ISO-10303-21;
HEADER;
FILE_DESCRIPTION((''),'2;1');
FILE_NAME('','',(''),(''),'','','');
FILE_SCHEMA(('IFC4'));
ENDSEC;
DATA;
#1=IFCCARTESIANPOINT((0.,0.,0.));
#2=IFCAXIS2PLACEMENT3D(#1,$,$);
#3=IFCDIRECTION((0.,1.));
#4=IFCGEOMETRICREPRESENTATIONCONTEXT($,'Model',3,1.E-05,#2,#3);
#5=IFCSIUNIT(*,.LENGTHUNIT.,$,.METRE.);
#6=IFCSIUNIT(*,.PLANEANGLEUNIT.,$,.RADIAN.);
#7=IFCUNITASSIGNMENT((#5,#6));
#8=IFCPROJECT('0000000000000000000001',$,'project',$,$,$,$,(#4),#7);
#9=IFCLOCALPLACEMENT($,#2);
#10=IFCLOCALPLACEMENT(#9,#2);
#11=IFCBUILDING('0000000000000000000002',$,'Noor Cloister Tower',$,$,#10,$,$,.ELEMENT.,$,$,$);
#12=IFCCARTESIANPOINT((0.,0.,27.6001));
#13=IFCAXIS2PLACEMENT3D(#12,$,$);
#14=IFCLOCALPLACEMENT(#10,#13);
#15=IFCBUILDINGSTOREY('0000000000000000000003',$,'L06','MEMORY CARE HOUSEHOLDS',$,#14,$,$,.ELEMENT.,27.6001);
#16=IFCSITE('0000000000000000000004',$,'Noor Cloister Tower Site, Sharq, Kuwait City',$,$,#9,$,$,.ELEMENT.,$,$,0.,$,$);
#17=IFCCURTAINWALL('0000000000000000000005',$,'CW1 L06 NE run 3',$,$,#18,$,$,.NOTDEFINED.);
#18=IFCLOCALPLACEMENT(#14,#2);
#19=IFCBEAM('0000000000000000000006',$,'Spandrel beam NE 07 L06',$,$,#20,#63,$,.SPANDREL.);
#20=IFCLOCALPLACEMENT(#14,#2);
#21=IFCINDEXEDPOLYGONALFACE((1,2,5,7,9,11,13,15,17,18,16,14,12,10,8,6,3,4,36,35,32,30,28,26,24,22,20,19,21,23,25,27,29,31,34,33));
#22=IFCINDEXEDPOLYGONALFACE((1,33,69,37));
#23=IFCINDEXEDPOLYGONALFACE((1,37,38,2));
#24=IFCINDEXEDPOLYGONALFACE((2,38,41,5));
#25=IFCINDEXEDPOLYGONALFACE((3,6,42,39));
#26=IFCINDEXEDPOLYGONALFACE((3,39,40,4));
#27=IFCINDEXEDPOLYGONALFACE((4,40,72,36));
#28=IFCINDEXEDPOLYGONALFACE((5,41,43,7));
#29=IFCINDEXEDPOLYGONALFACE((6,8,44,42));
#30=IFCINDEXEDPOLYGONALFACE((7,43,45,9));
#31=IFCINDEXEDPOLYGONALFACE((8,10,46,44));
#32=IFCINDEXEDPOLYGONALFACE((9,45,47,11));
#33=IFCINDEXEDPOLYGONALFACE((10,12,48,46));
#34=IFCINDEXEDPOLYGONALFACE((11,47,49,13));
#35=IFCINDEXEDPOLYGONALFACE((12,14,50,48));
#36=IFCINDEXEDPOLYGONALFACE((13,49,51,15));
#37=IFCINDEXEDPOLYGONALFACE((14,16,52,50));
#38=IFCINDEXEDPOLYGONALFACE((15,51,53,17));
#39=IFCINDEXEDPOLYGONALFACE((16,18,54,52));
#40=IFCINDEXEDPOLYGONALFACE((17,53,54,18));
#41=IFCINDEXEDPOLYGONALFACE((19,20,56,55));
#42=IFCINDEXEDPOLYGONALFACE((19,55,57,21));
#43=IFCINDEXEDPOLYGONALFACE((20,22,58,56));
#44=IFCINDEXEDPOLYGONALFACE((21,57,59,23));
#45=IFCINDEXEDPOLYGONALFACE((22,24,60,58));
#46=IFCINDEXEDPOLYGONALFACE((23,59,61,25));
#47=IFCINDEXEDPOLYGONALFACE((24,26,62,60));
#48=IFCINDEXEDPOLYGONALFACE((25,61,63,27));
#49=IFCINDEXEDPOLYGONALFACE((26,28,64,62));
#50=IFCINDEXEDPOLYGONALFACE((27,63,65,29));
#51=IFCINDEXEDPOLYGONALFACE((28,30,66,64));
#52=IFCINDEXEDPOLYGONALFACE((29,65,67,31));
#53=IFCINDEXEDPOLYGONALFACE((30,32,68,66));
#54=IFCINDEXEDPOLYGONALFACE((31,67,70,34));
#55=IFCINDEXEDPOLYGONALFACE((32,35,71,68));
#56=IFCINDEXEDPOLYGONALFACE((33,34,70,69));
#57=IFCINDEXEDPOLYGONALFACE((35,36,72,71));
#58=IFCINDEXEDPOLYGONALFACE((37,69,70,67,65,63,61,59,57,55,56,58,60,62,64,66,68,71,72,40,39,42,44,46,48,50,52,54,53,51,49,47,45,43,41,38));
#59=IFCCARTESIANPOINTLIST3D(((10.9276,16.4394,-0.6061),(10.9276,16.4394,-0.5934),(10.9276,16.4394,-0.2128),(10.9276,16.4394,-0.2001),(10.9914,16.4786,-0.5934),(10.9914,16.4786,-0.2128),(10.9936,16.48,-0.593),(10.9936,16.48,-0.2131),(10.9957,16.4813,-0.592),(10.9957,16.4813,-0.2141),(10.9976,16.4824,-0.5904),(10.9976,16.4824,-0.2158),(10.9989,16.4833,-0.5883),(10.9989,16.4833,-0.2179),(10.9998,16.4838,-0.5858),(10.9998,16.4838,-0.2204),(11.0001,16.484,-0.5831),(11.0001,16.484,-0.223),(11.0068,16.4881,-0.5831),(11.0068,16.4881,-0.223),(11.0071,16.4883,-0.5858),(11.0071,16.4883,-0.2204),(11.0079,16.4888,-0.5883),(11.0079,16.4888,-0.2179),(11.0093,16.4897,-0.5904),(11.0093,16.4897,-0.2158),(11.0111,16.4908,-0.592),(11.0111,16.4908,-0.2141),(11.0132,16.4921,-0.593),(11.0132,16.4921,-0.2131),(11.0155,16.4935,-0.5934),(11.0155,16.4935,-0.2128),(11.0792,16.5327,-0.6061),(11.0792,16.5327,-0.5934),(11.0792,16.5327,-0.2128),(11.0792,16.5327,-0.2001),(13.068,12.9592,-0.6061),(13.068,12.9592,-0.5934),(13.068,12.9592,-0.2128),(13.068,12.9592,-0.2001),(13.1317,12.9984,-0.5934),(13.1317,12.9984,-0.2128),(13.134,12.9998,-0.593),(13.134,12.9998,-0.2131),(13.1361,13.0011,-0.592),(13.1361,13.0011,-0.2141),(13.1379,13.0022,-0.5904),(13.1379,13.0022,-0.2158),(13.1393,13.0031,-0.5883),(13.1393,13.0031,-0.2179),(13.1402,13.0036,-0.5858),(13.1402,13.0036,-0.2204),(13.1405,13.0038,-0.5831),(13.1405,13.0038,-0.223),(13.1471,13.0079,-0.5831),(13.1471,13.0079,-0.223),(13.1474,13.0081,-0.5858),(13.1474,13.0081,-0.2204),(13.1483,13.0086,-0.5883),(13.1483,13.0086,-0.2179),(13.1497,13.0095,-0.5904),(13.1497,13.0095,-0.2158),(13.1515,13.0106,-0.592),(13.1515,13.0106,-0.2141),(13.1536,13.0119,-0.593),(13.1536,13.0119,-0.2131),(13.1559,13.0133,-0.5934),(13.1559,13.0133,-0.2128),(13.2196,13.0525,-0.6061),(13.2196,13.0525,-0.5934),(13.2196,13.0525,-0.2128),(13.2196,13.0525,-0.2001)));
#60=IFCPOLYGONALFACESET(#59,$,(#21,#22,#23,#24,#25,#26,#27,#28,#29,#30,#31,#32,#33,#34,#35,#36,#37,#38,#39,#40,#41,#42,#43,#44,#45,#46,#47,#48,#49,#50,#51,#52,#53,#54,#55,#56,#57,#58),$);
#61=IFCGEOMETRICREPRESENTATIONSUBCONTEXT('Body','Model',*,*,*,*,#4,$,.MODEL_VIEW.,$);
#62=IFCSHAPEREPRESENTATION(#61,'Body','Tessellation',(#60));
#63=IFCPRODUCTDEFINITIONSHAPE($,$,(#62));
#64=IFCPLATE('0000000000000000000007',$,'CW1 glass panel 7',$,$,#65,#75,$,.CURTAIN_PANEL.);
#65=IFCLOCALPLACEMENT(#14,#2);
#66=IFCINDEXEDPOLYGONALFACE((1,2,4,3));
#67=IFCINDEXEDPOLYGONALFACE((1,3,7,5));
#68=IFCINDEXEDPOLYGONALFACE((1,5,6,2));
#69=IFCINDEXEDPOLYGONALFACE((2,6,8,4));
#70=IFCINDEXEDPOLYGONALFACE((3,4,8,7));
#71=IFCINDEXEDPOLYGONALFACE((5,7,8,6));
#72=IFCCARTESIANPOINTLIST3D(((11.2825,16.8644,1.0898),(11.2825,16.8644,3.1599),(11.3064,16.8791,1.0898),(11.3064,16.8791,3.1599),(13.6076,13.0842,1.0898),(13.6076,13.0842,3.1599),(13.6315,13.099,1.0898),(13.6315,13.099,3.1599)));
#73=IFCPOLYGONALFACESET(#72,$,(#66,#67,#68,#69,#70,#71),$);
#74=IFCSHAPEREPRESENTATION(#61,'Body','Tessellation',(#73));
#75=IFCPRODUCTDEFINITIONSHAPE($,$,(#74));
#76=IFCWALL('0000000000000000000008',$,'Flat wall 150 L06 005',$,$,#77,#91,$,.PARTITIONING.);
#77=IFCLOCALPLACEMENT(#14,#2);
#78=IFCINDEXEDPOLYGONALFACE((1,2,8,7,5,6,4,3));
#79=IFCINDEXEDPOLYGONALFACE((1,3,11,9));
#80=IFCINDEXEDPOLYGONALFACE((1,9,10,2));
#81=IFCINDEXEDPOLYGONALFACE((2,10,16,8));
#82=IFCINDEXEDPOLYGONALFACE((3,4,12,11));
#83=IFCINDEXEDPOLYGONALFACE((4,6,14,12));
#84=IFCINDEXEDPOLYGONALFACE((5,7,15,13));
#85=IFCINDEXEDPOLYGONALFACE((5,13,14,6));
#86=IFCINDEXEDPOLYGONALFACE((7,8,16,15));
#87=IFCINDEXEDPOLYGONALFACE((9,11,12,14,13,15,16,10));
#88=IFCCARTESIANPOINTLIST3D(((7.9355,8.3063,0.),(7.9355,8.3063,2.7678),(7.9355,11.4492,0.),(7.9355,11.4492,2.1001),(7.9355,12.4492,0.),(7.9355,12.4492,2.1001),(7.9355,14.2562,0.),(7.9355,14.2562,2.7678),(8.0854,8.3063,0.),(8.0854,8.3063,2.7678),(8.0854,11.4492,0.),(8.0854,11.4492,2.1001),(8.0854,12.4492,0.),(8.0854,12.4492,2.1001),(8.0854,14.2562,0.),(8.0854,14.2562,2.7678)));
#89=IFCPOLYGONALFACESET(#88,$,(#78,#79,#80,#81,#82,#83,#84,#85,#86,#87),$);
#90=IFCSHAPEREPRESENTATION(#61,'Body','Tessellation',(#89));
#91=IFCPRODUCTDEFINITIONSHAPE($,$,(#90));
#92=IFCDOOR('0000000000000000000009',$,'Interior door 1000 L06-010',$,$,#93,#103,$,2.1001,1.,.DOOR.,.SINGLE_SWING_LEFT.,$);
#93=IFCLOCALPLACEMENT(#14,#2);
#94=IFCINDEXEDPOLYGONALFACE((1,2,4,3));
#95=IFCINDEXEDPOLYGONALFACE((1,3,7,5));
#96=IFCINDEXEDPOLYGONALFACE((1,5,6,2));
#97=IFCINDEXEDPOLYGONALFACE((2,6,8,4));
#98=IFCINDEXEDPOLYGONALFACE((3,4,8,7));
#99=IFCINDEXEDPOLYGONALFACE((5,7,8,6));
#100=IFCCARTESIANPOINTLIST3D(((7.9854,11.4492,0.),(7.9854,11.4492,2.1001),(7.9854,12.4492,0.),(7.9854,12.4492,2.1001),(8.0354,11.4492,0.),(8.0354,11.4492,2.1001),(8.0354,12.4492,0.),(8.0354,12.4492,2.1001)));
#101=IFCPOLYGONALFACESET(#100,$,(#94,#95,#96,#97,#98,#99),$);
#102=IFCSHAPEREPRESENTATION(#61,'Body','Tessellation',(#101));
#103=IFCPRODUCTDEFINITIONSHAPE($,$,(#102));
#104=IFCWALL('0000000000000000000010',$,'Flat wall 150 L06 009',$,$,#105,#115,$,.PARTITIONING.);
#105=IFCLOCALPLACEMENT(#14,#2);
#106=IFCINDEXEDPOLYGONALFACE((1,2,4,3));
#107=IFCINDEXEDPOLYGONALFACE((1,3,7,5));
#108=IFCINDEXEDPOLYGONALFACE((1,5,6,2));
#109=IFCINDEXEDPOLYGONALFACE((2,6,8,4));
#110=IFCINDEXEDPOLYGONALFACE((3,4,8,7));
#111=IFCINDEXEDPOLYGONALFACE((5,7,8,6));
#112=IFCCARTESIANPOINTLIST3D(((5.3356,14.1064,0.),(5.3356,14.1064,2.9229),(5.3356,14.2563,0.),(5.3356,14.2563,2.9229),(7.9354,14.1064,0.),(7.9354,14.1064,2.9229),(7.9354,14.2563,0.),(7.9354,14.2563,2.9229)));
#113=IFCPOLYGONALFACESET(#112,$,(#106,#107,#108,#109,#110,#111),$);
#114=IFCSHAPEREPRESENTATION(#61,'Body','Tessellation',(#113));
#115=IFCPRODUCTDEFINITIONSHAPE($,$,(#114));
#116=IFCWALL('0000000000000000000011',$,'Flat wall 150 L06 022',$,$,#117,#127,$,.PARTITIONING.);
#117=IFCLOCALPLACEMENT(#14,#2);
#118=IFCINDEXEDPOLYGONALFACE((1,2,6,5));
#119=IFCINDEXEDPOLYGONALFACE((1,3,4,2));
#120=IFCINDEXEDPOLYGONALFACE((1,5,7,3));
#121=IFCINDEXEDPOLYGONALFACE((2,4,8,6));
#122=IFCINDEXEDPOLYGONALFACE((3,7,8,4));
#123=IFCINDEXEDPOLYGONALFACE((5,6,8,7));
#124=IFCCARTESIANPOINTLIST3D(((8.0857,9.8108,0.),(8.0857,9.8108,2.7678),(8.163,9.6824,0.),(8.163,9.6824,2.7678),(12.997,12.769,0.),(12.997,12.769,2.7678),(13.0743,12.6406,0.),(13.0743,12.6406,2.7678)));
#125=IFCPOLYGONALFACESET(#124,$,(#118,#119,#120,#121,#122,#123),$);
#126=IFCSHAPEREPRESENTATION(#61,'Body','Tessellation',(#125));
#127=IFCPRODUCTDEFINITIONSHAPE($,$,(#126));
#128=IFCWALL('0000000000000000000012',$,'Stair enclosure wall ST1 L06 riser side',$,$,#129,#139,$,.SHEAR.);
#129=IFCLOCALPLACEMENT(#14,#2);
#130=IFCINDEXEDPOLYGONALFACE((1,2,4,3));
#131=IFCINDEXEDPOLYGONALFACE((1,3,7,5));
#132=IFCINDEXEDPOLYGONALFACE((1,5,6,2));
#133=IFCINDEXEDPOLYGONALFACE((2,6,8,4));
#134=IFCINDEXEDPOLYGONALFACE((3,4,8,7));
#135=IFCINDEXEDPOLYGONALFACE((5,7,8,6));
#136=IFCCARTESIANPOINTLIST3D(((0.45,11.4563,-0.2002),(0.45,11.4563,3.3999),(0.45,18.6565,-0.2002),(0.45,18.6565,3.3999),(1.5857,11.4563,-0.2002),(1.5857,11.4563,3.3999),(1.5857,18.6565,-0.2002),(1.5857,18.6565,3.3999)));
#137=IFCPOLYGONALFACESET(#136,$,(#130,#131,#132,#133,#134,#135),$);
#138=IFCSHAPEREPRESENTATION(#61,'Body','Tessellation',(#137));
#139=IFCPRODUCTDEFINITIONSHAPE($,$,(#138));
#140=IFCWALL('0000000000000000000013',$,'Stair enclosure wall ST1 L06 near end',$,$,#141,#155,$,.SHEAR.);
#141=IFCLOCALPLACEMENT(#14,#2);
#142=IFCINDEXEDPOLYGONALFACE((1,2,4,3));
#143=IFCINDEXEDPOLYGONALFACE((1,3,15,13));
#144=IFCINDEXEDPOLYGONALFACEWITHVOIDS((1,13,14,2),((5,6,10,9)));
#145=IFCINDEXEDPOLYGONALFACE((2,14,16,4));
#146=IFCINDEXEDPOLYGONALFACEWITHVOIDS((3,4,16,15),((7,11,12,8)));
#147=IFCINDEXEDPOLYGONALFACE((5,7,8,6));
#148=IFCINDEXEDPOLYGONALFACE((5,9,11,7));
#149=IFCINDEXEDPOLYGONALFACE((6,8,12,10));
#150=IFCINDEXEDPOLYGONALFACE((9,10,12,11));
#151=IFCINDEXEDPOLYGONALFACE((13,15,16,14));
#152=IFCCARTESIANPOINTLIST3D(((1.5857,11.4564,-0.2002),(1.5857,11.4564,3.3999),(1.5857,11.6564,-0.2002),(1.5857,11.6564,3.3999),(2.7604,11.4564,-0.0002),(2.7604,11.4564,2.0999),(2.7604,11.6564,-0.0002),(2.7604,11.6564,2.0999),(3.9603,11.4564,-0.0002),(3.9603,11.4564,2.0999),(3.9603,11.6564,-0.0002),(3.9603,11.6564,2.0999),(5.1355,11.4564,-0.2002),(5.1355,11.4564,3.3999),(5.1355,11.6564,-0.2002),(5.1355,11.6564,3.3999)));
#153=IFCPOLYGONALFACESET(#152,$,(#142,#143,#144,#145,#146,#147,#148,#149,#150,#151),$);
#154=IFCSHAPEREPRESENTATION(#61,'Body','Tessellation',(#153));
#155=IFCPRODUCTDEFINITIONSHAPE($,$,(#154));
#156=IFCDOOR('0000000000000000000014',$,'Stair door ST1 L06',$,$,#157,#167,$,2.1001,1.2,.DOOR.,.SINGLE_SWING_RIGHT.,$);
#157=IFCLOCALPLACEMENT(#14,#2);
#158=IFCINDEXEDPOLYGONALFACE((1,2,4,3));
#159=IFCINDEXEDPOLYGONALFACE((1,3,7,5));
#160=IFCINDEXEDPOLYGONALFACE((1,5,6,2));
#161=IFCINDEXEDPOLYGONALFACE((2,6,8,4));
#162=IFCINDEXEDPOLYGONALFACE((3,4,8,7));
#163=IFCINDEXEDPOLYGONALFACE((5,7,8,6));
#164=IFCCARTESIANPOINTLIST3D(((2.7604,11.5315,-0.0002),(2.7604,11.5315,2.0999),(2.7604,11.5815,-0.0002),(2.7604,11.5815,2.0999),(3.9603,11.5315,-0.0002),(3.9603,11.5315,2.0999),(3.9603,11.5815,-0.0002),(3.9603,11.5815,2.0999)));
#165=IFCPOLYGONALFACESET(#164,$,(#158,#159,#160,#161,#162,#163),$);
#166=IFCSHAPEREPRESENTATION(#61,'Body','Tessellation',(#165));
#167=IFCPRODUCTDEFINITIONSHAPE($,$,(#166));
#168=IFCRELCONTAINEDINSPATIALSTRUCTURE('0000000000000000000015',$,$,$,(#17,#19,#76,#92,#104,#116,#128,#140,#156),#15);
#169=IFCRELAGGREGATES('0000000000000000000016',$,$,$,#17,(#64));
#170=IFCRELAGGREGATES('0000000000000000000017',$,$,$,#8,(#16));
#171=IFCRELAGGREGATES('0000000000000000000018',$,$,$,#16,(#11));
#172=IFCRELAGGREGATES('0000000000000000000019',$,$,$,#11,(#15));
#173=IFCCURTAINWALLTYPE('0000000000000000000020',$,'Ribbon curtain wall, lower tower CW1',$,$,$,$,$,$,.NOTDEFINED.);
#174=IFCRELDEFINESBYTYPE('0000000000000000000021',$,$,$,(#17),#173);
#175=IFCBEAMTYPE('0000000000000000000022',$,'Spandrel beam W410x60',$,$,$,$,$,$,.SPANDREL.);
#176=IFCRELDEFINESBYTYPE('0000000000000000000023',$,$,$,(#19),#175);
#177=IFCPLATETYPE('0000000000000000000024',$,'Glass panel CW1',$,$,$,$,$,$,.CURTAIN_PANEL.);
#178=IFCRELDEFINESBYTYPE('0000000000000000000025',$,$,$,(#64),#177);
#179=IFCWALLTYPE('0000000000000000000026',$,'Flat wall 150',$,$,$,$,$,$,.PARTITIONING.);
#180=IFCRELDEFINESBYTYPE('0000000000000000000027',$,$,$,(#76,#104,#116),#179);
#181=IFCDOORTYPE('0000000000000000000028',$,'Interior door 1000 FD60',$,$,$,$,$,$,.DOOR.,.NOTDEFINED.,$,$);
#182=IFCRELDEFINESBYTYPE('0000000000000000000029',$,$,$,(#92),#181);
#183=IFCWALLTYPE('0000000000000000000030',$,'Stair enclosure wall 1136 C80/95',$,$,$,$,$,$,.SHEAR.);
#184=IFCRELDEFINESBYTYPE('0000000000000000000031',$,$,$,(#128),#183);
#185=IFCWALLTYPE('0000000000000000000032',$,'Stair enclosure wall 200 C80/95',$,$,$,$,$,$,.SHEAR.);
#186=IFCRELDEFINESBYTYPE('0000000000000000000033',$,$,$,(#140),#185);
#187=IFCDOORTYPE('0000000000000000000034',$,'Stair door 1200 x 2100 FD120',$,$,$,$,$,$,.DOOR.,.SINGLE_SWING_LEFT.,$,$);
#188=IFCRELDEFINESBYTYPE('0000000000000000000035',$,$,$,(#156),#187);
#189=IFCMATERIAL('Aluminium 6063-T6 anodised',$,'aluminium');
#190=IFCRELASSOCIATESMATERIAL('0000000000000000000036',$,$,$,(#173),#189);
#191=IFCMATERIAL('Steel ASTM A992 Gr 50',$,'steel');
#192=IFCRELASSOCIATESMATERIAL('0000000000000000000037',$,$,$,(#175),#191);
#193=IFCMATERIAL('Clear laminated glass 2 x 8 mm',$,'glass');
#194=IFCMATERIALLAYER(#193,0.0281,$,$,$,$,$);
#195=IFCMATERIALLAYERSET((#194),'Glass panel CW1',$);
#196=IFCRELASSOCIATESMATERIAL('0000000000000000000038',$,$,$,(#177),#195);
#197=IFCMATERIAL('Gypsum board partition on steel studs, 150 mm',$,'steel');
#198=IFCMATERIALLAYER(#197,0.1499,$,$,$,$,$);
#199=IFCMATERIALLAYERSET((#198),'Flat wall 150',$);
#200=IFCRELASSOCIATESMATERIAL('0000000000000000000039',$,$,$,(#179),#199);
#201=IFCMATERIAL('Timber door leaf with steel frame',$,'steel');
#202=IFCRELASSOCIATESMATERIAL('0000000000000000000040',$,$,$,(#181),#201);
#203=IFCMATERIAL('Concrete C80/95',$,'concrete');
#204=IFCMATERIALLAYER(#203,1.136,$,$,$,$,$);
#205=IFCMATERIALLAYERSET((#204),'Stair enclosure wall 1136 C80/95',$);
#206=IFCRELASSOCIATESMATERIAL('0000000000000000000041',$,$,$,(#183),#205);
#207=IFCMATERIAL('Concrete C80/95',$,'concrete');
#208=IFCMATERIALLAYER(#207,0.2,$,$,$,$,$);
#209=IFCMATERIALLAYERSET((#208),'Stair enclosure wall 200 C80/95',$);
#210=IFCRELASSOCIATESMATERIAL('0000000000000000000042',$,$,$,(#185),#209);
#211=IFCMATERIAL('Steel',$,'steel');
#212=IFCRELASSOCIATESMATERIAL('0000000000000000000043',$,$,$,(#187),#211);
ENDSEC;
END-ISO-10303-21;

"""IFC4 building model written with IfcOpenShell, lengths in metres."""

from ifc_helpers import new_model, si_unit, direction, frame, frame_2d, origin, origin_2d, place, context, subcontext, project, spatial, rectangle, i_section, extrude, material, layer, layer_set, material_profile, profile_set, type_object, element, fill, aggregate, save


model = new_model("IFC4")

# Units and contexts
model_context = context("Model", 3, precision=1e-05, world=origin(), true_north=direction((0.0, 1.0)))
body_context = subcontext(model_context, "Body", "Model", "MODEL_VIEW")
ifc_project = project(units=[si_unit("LENGTHUNIT", "METRE"), si_unit("PLANEANGLEUNIT", "RADIAN")], contexts=[model_context])

# Site, building, storey
site_placement = place(None, origin())
site = spatial("IfcSite", under=ifc_project, at=site_placement, Name="Noor Cloister Tower Site, Sharq, Kuwait City", CompositionType="ELEMENT", RefElevation=0.0)
building_placement = place(site_placement, origin())
building = spatial("IfcBuilding", under=site, at=building_placement, Name="Noor Cloister Tower", CompositionType="ELEMENT")
storey_placement = place(building_placement, frame((0.0, 0.0, 27.6001)))
storey = spatial("IfcBuildingStorey", under=building, at=storey_placement, Name="L06", Description="MEMORY CARE HOUSEHOLDS", CompositionType="ELEMENT", Elevation=27.6001)

# Curtain wall
ifc_material_1 = material(Name="Aluminium 6063-T6 anodised", Category="aluminium")
curtain_wall_type = type_object("IfcCurtainWallType", Name="Ribbon curtain wall, lower tower CW1", PredefinedType="NOTDEFINED", material=ifc_material_1)
curtain_wall_placement = place(storey_placement, origin())
curtain_wall = element("IfcCurtainWall", 1, at=curtain_wall_placement, inside=storey, type_object=curtain_wall_type, Name="CW1 L06 NE run 3", PredefinedType="NOTDEFINED")

# Beam
ifc_material_2 = material(Name="Steel ASTM A992 Gr 50", Category="steel")
ifc_material_profile_1 = material_profile(ifc_material_2, i_section(OverallWidth=0.178, OverallDepth=0.406, WebThickness=0.0078, FlangeThickness=0.0127, FilletRadius=0.0103, at=origin_2d()), Name="W410x60")
ifc_profile_set_1 = profile_set([ifc_material_profile_1], Name="Steel ASTM A992 Gr 50")
beam_type_1 = type_object("IfcBeamType", Name="Spandrel beam W410x60", PredefinedType="SPANDREL", material=ifc_profile_set_1)
beam_1_placement = place(storey_placement, frame((13.1438, 13.0059, -0.4031), z_axis=(-0.523867, 0.8518, 0.0), x_axis=(-0.8518, -0.523867, 0.0)))
element("IfcBeam", 2, at=beam_1_placement, inside=storey, type_object=beam_type_1, Name="Spandrel beam NE 07 L06", PredefinedType="SPANDREL", context=body_context, shape_type="SweptSolid", body=[
    extrude(i_section(OverallWidth=0.178, OverallDepth=0.406, WebThickness=0.0078, FlangeThickness=0.0127, FilletRadius=0.0103, at=origin_2d()), origin(), (0.0, 0.0, 1.0), 4.0857),
])

# Plate
ifc_material_3 = material(Name="Clear laminated glass 2 x 8 mm", Category="glass")
ifc_layer_1 = layer(ifc_material_3, 0.0281)
ifc_layer_set_1 = layer_set([ifc_layer_1], Name="Glass panel CW1")
plate_type = type_object("IfcPlateType", Name="Glass panel CW1", PredefinedType="CURTAIN_PANEL", material=ifc_layer_set_1)
plate_placement = place(storey_placement, frame((12.457, 14.9817, 1.0898), z_axis=(0.0, 0.0, 1.0), x_axis=(-0.523905, 0.851776, 0.0)))
plate = element("IfcPlate", 3, at=plate_placement, type_object=plate_type, Name="CW1 glass panel 7", PredefinedType="CURTAIN_PANEL", context=body_context, shape_type="SweptSolid", body=[
    extrude(rectangle(XDim=4.438, YDim=0.0281, at=origin_2d()), origin(), (0.0, 0.0, 1.0), 2.0701),
])
aggregate(curtain_wall, [plate])

# Wall, opening, door
ifc_material_4 = material(Name="Gypsum board partition on steel studs, 150 mm", Category="steel")
ifc_layer_2 = layer(ifc_material_4, 0.1499)
ifc_layer_set_2 = layer_set([ifc_layer_2], Name="Flat wall 150")
wall_type_1 = type_object("IfcWallType", Name="Flat wall 150", PredefinedType="PARTITIONING", material=ifc_layer_set_2)
wall_1_placement = place(storey_placement, frame((8.0105, 14.2563, 0.0), z_axis=(0.0, 0.0, 1.0), x_axis=(0.0, -1.0, 0.0)))
wall_1 = element("IfcWall", 4, at=wall_1_placement, inside=storey, type_object=wall_type_1, Name="Flat wall 150 L06 005", PredefinedType="PARTITIONING", context=body_context, shape_type="SweptSolid", body=[
    extrude(rectangle(XDim=5.95, YDim=0.1499, at=frame_2d((2.9751, 0.0))), origin(), (0.0, 0.0, 1.0), 2.7678),
])
opening_1_placement = place(wall_1_placement, frame((1.8071, 0.0, 0.0)))
opening_1 = element("IfcOpeningElement", 5, at=opening_1_placement, cuts=wall_1, PredefinedType="OPENING", context=body_context, shape_type="SweptSolid", body=[
    extrude(rectangle(XDim=1.0, YDim=2.1001, at=frame_2d((0.5, 1.05))), frame((0.0, 0.085, 0.0), z_axis=(0.0, -1.0, 0.0), x_axis=(1.0, 0.0, 0.0)), (0.0, 0.0, 1.0), 0.1699),
])
ifc_material_5 = material(Name="Timber door leaf with steel frame", Category="steel")
door_type_1 = type_object("IfcDoorType", Name="Interior door 1000 FD60", OperationType="NOTDEFINED", PredefinedType="DOOR", material=ifc_material_5)
door_1_placement = place(opening_1_placement, origin())
door_1 = element("IfcDoor", 6, at=door_1_placement, inside=storey, type_object=door_type_1, Name="Interior door 1000 L06-010", OperationType="SINGLE_SWING_LEFT", OverallHeight=2.1001, OverallWidth=1.0, PredefinedType="DOOR", context=body_context, shape_type="SweptSolid", body=[
    extrude(rectangle(XDim=1.0, YDim=2.1001, at=frame_2d((0.5, 1.05))), frame((0.0, 0.0249, 0.0), z_axis=(0.0, -1.0, 0.0), x_axis=(1.0, 0.0, 0.0)), (0.0, 0.0, 1.0), 0.05),
])
fill(opening_1, door_1)

# Walls
wall_2_placement = place(storey_placement, frame((5.3357, 14.1814, 0.0), z_axis=(0.0, 0.0, 1.0), x_axis=(1.0, 0.0, 0.0)))
element("IfcWall", 7, at=wall_2_placement, inside=storey, type_object=wall_type_1, Name="Flat wall 150 L06 009", PredefinedType="PARTITIONING", context=body_context, shape_type="SweptSolid", body=[
    extrude(rectangle(XDim=2.5999, YDim=0.1499, at=frame_2d((1.2998, 0.0))), origin(), (0.0, 0.0, 1.0), 2.9229),
])
wall_3_placement = place(storey_placement, frame((13.0356, 12.7048, 0.0), z_axis=(0.0, 0.0, 1.0), x_axis=(-0.856612, -0.51596, 0.0)))
element("IfcWall", 8, at=wall_3_placement, inside=storey, type_object=wall_type_1, Name="Flat wall 150 L06 022", PredefinedType="PARTITIONING", context=body_context, shape_type="SweptSolid", body=[
    extrude(rectangle(XDim=5.7334, YDim=0.1499, at=frame_2d((2.8667, 0.0))), origin(), (0.0, 0.0, 1.0), 2.7678),
])
ifc_material_6 = material(Name="Concrete C80/95", Category="concrete")
ifc_layer_3 = layer(ifc_material_6, 1.136)
ifc_layer_set_3 = layer_set([ifc_layer_3], Name="Stair enclosure wall 1136 C80/95")
wall_type_2 = type_object("IfcWallType", Name="Stair enclosure wall 1136 C80/95", PredefinedType="SHEAR", material=ifc_layer_set_3)
wall_4_placement = place(storey_placement, frame((1.0178, 11.4563, -0.2002), z_axis=(0.0, 0.0, 1.0), x_axis=(0.0, 1.0, 0.0)))
element("IfcWall", 9, at=wall_4_placement, inside=storey, type_object=wall_type_2, Name="Stair enclosure wall ST1 L06 riser side", PredefinedType="SHEAR", context=body_context, shape_type="SweptSolid", body=[
    extrude(rectangle(XDim=7.2002, YDim=1.1357, at=frame_2d((3.6001, 0.0))), origin(), (0.0, 0.0, 1.0), 3.6001),
])

# Wall, opening, door
ifc_material_7 = material(Name="Concrete C80/95", Category="concrete")
ifc_layer_4 = layer(ifc_material_7, 0.2)
ifc_layer_set_4 = layer_set([ifc_layer_4], Name="Stair enclosure wall 200 C80/95")
wall_type_3 = type_object("IfcWallType", Name="Stair enclosure wall 200 C80/95", PredefinedType="SHEAR", material=ifc_layer_set_4)
wall_5_placement = place(storey_placement, frame((5.1355, 11.5564, -0.2002), z_axis=(0.0, 0.0, 1.0), x_axis=(-1.0, 0.0, 0.0)))
wall_5 = element("IfcWall", 10, at=wall_5_placement, inside=storey, type_object=wall_type_3, Name="Stair enclosure wall ST1 L06 near end", PredefinedType="SHEAR", context=body_context, shape_type="SweptSolid", body=[
    extrude(rectangle(XDim=3.5498, YDim=0.2, at=frame_2d((1.7749, 0.0))), origin(), (0.0, 0.0, 1.0), 3.6001),
])
opening_2_placement = place(wall_5_placement, frame((1.175, 0.0, 0.2)))
opening_2 = element("IfcOpeningElement", 11, at=opening_2_placement, cuts=wall_5, PredefinedType="OPENING", context=body_context, shape_type="SweptSolid", body=[
    extrude(rectangle(XDim=1.2, YDim=2.1001, at=frame_2d((0.6001, 1.05))), frame((0.0, 0.1099, 0.0), z_axis=(0.0, -1.0, 0.0), x_axis=(1.0, 0.0, 0.0)), (0.0, 0.0, 1.0), 0.22),
])
ifc_material_8 = material(Name="Steel", Category="steel")
door_type_2 = type_object("IfcDoorType", Name="Stair door 1200 x 2100 FD120", OperationType="SINGLE_SWING_LEFT", PredefinedType="DOOR", material=ifc_material_8)
door_2_placement = place(opening_2_placement, origin())
door_2 = element("IfcDoor", 12, at=door_2_placement, inside=storey, type_object=door_type_2, Name="Stair door ST1 L06", OperationType="SINGLE_SWING_RIGHT", OverallHeight=2.1001, OverallWidth=1.2, PredefinedType="DOOR", context=body_context, shape_type="SweptSolid", body=[
    extrude(rectangle(XDim=1.2, YDim=2.1001, at=frame_2d((0.6001, 1.05))), frame((0.0, 0.0249, 0.0), z_axis=(0.0, -1.0, 0.0), x_axis=(1.0, 0.0, 0.0)), (0.0, 0.0, 1.0), 0.05),
])
fill(opening_2, door_2)

save(model, "model.ifc")
